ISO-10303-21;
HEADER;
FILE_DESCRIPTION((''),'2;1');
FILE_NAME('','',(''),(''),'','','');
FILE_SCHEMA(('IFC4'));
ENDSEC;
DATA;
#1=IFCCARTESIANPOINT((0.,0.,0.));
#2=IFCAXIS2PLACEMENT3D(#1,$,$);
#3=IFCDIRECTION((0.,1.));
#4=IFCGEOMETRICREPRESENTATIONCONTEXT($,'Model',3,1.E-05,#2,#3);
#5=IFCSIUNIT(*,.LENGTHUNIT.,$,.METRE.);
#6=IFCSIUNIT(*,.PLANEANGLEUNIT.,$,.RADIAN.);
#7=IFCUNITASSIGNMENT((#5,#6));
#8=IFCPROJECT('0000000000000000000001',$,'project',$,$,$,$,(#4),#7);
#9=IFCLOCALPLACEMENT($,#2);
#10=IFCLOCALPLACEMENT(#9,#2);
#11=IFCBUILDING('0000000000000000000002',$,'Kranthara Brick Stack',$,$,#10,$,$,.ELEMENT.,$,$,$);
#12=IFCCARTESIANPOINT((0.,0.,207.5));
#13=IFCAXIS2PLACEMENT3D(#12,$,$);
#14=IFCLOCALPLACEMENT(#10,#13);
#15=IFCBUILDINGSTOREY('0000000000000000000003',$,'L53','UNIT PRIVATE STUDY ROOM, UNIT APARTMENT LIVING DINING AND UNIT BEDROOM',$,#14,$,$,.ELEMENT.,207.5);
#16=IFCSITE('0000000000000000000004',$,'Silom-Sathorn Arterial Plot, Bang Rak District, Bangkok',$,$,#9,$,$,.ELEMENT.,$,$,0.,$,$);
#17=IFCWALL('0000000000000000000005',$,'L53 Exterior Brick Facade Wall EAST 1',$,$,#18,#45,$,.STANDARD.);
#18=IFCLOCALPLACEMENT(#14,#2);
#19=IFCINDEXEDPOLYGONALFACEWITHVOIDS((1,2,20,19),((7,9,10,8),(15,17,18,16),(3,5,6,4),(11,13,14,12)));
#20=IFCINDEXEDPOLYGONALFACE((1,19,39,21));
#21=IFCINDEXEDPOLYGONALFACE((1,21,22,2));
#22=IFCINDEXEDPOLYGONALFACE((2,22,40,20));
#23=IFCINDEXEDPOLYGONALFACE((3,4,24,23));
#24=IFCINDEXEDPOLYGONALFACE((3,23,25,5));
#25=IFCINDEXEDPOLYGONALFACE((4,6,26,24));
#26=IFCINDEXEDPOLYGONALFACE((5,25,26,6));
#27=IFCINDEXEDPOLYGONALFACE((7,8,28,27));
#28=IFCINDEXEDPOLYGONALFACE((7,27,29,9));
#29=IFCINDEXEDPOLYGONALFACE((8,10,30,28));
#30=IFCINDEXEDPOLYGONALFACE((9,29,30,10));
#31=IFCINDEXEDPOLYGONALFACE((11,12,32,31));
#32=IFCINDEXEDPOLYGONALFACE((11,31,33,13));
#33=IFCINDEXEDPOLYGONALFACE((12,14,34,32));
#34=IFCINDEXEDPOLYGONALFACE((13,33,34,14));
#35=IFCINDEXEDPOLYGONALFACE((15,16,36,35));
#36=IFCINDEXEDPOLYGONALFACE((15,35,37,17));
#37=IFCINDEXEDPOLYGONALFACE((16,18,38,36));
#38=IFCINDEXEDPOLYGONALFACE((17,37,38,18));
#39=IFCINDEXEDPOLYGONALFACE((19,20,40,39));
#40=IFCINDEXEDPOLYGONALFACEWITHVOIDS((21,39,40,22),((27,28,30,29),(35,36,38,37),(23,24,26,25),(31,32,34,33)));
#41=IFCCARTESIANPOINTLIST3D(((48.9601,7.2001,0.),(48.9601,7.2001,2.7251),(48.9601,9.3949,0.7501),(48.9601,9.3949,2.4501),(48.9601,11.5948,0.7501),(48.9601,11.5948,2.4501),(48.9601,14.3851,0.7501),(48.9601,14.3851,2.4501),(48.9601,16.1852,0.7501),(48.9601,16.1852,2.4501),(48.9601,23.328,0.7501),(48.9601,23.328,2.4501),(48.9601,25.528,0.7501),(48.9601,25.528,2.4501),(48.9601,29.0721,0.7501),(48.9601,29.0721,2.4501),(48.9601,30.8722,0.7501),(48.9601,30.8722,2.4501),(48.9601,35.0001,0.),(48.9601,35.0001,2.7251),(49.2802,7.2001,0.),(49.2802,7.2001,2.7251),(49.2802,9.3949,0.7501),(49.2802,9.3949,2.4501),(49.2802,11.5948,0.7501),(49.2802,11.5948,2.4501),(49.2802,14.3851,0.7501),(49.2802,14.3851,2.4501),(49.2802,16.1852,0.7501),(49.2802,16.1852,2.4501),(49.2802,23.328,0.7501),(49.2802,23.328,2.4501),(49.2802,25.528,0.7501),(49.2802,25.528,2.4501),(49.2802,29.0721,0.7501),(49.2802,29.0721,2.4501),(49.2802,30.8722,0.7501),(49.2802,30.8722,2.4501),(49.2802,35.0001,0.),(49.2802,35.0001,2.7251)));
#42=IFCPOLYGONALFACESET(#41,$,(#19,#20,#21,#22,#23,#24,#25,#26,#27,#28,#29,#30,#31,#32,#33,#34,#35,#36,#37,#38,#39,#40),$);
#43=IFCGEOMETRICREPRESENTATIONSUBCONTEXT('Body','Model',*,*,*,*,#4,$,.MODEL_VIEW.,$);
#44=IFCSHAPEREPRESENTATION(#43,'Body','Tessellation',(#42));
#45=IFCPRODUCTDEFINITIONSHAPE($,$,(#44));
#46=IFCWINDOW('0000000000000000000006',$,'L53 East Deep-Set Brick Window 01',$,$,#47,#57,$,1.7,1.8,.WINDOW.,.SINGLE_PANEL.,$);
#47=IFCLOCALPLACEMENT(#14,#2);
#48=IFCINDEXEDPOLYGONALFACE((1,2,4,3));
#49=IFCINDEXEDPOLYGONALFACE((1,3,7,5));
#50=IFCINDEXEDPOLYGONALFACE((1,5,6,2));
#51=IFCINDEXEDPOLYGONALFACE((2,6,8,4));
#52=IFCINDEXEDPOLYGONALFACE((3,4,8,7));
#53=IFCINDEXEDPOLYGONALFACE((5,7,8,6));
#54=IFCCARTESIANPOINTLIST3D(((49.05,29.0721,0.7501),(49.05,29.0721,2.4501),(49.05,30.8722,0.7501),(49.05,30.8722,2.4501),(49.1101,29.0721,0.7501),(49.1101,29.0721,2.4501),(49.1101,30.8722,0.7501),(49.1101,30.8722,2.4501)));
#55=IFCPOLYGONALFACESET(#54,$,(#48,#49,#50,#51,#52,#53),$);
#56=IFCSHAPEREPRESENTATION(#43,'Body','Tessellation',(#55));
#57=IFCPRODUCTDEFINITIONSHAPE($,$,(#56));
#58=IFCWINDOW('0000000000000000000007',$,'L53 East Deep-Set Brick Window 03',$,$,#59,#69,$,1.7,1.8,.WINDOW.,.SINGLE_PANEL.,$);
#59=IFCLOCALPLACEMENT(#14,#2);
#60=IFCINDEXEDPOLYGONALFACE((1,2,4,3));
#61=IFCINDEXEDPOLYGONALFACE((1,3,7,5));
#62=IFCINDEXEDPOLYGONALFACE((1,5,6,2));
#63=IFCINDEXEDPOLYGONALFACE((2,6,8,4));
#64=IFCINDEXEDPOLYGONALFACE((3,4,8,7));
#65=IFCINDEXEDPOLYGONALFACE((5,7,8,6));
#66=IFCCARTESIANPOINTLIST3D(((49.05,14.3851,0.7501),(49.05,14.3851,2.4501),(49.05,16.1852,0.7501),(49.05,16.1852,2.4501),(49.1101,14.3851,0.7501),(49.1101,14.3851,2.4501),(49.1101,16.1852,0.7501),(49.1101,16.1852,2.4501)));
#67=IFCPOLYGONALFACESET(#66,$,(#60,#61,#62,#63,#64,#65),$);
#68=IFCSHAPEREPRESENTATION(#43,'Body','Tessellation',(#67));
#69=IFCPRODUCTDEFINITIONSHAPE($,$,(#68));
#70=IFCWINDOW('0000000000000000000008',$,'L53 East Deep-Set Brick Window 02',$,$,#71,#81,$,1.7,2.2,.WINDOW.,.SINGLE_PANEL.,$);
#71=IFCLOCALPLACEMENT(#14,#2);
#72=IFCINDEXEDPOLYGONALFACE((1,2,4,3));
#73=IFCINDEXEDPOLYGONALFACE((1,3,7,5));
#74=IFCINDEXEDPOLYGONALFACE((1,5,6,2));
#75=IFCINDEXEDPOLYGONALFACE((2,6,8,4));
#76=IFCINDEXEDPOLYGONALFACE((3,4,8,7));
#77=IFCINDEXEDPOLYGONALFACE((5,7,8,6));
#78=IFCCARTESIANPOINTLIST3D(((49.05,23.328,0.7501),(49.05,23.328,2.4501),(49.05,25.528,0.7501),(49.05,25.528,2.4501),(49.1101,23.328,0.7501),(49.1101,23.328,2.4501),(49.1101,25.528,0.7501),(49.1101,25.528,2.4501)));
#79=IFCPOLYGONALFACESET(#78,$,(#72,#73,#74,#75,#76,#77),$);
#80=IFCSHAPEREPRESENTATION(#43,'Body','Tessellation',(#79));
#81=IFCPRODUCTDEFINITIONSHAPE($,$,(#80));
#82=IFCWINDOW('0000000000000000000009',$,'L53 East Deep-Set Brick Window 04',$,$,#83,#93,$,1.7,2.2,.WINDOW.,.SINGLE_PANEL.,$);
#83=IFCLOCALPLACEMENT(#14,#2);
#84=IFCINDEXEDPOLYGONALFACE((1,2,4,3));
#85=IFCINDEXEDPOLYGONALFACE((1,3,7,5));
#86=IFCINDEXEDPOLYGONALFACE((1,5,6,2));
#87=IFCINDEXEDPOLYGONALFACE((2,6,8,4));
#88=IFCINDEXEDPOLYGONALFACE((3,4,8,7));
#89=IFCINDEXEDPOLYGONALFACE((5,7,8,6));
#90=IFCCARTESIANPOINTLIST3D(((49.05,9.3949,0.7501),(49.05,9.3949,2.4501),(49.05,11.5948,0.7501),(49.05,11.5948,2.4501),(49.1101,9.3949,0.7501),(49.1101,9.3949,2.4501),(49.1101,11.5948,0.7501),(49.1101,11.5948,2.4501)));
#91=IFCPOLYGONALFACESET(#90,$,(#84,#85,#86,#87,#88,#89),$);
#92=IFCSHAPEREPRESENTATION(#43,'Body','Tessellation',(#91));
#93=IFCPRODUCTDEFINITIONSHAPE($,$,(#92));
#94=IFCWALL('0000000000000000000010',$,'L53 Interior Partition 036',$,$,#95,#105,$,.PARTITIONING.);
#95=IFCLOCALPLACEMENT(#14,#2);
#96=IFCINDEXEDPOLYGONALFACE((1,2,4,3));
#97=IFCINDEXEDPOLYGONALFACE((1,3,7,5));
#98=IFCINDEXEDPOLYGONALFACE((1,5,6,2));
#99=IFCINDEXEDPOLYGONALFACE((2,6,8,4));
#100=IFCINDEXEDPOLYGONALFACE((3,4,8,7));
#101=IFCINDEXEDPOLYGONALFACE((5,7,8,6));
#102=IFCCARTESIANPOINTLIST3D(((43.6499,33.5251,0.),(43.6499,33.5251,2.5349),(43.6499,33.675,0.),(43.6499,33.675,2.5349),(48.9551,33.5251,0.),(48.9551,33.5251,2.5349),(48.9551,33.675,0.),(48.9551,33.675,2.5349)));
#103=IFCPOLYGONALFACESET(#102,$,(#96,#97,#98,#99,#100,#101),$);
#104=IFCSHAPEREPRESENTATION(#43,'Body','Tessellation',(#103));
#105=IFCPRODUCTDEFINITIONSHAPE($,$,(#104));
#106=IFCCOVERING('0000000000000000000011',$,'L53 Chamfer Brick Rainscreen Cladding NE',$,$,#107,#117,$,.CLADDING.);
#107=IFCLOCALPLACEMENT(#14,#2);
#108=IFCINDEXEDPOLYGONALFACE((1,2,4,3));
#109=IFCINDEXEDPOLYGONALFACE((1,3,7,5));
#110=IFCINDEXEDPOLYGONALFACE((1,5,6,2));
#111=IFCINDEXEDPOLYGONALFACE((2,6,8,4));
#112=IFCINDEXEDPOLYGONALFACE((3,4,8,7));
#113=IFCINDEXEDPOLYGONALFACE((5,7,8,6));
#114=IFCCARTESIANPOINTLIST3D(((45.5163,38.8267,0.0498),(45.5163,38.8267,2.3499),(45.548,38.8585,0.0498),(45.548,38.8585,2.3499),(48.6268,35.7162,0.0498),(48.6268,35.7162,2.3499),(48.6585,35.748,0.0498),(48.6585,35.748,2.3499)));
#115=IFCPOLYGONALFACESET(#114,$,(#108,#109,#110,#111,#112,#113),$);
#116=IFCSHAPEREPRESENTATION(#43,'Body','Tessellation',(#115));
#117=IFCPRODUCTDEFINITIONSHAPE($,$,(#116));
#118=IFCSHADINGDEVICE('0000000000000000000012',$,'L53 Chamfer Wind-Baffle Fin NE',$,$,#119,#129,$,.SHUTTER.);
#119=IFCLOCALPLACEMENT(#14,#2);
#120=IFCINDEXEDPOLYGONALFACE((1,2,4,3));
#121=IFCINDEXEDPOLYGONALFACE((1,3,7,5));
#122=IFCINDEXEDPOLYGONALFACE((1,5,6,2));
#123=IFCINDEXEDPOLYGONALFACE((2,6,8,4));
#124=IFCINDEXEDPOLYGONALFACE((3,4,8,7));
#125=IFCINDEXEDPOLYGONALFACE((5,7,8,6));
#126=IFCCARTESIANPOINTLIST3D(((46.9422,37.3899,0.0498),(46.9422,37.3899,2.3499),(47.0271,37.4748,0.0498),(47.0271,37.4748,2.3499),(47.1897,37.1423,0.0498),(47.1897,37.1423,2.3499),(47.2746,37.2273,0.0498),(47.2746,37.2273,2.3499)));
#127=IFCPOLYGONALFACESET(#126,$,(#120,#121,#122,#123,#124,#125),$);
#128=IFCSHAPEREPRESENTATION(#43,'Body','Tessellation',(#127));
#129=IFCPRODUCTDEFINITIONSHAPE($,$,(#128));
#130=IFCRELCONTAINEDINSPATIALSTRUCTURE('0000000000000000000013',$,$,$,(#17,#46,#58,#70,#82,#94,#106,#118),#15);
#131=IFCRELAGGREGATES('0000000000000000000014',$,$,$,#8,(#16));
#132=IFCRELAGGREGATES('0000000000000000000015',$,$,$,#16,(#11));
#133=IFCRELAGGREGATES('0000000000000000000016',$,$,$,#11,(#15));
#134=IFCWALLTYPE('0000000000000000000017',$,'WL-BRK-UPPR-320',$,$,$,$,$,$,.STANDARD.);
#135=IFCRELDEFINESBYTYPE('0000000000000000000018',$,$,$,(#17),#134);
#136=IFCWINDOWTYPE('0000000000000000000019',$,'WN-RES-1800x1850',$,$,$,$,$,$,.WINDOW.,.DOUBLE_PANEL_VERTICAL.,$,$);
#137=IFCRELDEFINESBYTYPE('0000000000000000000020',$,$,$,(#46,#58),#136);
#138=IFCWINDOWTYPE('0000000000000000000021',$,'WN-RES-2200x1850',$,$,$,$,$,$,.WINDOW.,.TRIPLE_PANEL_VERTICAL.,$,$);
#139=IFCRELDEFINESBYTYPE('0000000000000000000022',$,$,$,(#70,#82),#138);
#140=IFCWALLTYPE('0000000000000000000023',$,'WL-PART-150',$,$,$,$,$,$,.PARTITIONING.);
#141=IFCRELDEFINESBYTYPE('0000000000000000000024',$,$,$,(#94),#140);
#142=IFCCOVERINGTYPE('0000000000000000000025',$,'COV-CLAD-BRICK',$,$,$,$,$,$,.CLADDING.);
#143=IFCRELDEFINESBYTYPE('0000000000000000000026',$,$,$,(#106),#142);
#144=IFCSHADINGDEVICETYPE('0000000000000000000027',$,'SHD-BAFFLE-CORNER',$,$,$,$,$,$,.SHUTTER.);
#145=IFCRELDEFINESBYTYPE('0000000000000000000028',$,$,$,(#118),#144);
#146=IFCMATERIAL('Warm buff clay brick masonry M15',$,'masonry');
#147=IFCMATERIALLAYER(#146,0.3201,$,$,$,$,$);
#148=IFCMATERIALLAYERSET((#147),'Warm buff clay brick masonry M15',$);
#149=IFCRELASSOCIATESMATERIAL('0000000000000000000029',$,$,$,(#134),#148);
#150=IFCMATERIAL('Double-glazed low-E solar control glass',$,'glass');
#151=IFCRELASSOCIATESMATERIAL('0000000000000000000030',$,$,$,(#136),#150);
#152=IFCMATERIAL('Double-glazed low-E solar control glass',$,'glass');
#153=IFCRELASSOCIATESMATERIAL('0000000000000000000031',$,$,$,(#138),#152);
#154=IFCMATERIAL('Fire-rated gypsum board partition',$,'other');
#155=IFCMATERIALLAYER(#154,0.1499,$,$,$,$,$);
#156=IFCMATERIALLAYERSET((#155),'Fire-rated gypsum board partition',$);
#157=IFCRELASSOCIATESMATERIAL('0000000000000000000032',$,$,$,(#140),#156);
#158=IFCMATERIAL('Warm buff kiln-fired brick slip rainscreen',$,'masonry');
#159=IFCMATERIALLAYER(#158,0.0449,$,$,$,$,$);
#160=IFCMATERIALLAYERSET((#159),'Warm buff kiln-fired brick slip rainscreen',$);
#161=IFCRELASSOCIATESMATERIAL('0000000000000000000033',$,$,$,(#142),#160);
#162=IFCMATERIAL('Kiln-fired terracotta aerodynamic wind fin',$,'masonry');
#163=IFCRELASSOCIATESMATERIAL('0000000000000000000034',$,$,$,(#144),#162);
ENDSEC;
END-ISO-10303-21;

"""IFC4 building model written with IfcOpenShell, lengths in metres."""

from ifc_helpers import new_model, si_unit, direction, frame, frame_2d, origin, origin_2d, place, context, subcontext, project, spatial, rectangle, extrude, material, layer, layer_set, type_object, element, fill, save


model = new_model("IFC4")

# Units and contexts
model_context = context("Model", 3, precision=1e-05, world=origin(), true_north=direction((0.0, 1.0)))
body_context = subcontext(model_context, "Body", "Model", "MODEL_VIEW")
ifc_project = project(units=[si_unit("LENGTHUNIT", "METRE"), si_unit("PLANEANGLEUNIT", "RADIAN")], contexts=[model_context])

# Site, building, storey
site_placement = place(None, origin())
site = spatial("IfcSite", under=ifc_project, at=site_placement, Name="Silom-Sathorn Arterial Plot, Bang Rak District, Bangkok", CompositionType="ELEMENT", RefElevation=0.0)
building_placement = place(site_placement, origin())
building = spatial("IfcBuilding", under=site, at=building_placement, Name="Kranthara Brick Stack", CompositionType="ELEMENT")
storey_placement = place(building_placement, frame((0.0, 0.0, 207.5)))
storey = spatial("IfcBuildingStorey", under=building, at=storey_placement, Name="L53", Description="UNIT PRIVATE STUDY ROOM, UNIT APARTMENT LIVING DINING AND UNIT BEDROOM", CompositionType="ELEMENT", Elevation=207.5)

# Shared definitions
ifc_material_1 = material(Name="Warm buff clay brick masonry M15", Category="masonry")
ifc_layer_1 = layer(ifc_material_1, 0.3201)
ifc_layer_set_1 = layer_set([ifc_layer_1], Name="Warm buff clay brick masonry M15")
wall_type_1 = type_object("IfcWallType", Name="WL-BRK-UPPR-320", PredefinedType="STANDARD", material=ifc_layer_set_1)

# Wall, openings, windows
wall_1_placement = place(storey_placement, frame((49.1201, 35.0, 0.0), z_axis=(0.0, 0.0, 1.0), x_axis=(0.0, -1.0, 0.0)))
wall_1 = element("IfcWall", 1, at=wall_1_placement, inside=storey, type_object=wall_type_1, Name="L53 Exterior Brick Facade Wall EAST 1", PredefinedType="STANDARD", context=body_context, shape_type="SweptSolid", body=[
    extrude(rectangle(XDim=27.8, YDim=0.3201, at=frame_2d((13.8999, 0.0))), origin(), (0.0, 0.0, 1.0), 2.7251),
])
opening_1_placement = place(wall_1_placement, frame((4.1279, 0.0, 0.75)))
opening_1 = element("IfcOpeningElement", 2, at=opening_1_placement, cuts=wall_1, PredefinedType="OPENING", context=body_context, shape_type="SweptSolid", body=[
    extrude(rectangle(XDim=1.8, YDim=1.7, at=frame_2d((0.8999, 0.8501))), frame((0.0, 0.1699, 0.0), z_axis=(0.0, -1.0, 0.0), x_axis=(1.0, 0.0, 0.0)), (0.0, 0.0, 1.0), 0.3401),
])
opening_2_placement = place(wall_1_placement, frame((9.4719, 0.0, 0.75)))
opening_2 = element("IfcOpeningElement", 3, at=opening_2_placement, cuts=wall_1, PredefinedType="OPENING", context=body_context, shape_type="SweptSolid", body=[
    extrude(rectangle(XDim=2.2, YDim=1.7, at=frame_2d((1.1001, 0.8501))), frame((0.0, 0.1699, 0.0), z_axis=(0.0, -1.0, 0.0), x_axis=(1.0, 0.0, 0.0)), (0.0, 0.0, 1.0), 0.3401),
])
opening_3_placement = place(wall_1_placement, frame((18.8149, 0.0, 0.75)))
opening_3 = element("IfcOpeningElement", 4, at=opening_3_placement, cuts=wall_1, PredefinedType="OPENING", context=body_context, shape_type="SweptSolid", body=[
    extrude(rectangle(XDim=1.8, YDim=1.7, at=frame_2d((0.8999, 0.8501))), frame((0.0, 0.1699, 0.0), z_axis=(0.0, -1.0, 0.0), x_axis=(1.0, 0.0, 0.0)), (0.0, 0.0, 1.0), 0.3401),
])
opening_4_placement = place(wall_1_placement, frame((23.405, 0.0, 0.75)))
opening_4 = element("IfcOpeningElement", 5, at=opening_4_placement, cuts=wall_1, PredefinedType="OPENING", context=body_context, shape_type="SweptSolid", body=[
    extrude(rectangle(XDim=2.2, YDim=1.7, at=frame_2d((1.1001, 0.8501))), frame((0.0, 0.1699, 0.0), z_axis=(0.0, -1.0, 0.0), x_axis=(1.0, 0.0, 0.0)), (0.0, 0.0, 1.0), 0.3401),
])
ifc_material_2 = material(Name="Double-glazed low-E solar control glass", Category="glass")
window_type_1 = type_object("IfcWindowType", Name="WN-RES-1800x1850", PartitioningType="DOUBLE_PANEL_VERTICAL", PredefinedType="WINDOW", material=ifc_material_2)
window_1_placement = place(opening_1_placement, origin())
window_1 = element("IfcWindow", 6, at=window_1_placement, inside=storey, type_object=window_type_1, Name="L53 East Deep-Set Brick Window 01", OverallHeight=1.7, OverallWidth=1.8, PartitioningType="SINGLE_PANEL", PredefinedType="WINDOW", context=body_context, shape_type="SweptSolid", body=[
    extrude(rectangle(XDim=1.8, YDim=1.7, at=frame_2d((0.8999, 0.8501))), frame((0.0, -0.01, 0.0), z_axis=(0.0, -1.0, 0.0), x_axis=(1.0, 0.0, 0.0)), (0.0, 0.0, 1.0), 0.0601),
])
fill(opening_1, window_1)
window_2_placement = place(opening_3_placement, origin())
window_2 = element("IfcWindow", 7, at=window_2_placement, inside=storey, type_object=window_type_1, Name="L53 East Deep-Set Brick Window 03", OverallHeight=1.7, OverallWidth=1.8, PartitioningType="SINGLE_PANEL", PredefinedType="WINDOW", context=body_context, shape_type="SweptSolid", body=[
    extrude(rectangle(XDim=1.8, YDim=1.7, at=frame_2d((0.8999, 0.8501))), frame((0.0, -0.01, 0.0), z_axis=(0.0, -1.0, 0.0), x_axis=(1.0, 0.0, 0.0)), (0.0, 0.0, 1.0), 0.0601),
])
fill(opening_3, window_2)
ifc_material_3 = material(Name="Double-glazed low-E solar control glass", Category="glass")
window_type_2 = type_object("IfcWindowType", Name="WN-RES-2200x1850", PartitioningType="TRIPLE_PANEL_VERTICAL", PredefinedType="WINDOW", material=ifc_material_3)
window_3_placement = place(opening_2_placement, origin())
window_3 = element("IfcWindow", 8, at=window_3_placement, inside=storey, type_object=window_type_2, Name="L53 East Deep-Set Brick Window 02", OverallHeight=1.7, OverallWidth=2.2, PartitioningType="SINGLE_PANEL", PredefinedType="WINDOW", context=body_context, shape_type="SweptSolid", body=[
    extrude(rectangle(XDim=2.2, YDim=1.7, at=frame_2d((1.1001, 0.8501))), frame((0.0, -0.01, 0.0), z_axis=(0.0, -1.0, 0.0), x_axis=(1.0, 0.0, 0.0)), (0.0, 0.0, 1.0), 0.0601),
])
fill(opening_2, window_3)
window_4_placement = place(opening_4_placement, origin())
window_4 = element("IfcWindow", 9, at=window_4_placement, inside=storey, type_object=window_type_2, Name="L53 East Deep-Set Brick Window 04", OverallHeight=1.7, OverallWidth=2.2, PartitioningType="SINGLE_PANEL", PredefinedType="WINDOW", context=body_context, shape_type="SweptSolid", body=[
    extrude(rectangle(XDim=2.2, YDim=1.7, at=frame_2d((1.1001, 0.8501))), frame((0.0, -0.01, 0.0), z_axis=(0.0, -1.0, 0.0), x_axis=(1.0, 0.0, 0.0)), (0.0, 0.0, 1.0), 0.0601),
])
fill(opening_4, window_4)

# Wall
ifc_material_4 = material(Name="Fire-rated gypsum board partition", Category="other")
ifc_layer_2 = layer(ifc_material_4, 0.1499)
ifc_layer_set_2 = layer_set([ifc_layer_2], Name="Fire-rated gypsum board partition")
wall_type_2 = type_object("IfcWallType", Name="WL-PART-150", PredefinedType="PARTITIONING", material=ifc_layer_set_2)
wall_2_placement = place(storey_placement, frame((43.6499, 33.6001, 0.0), z_axis=(0.0, 0.0, 1.0), x_axis=(1.0, 0.0, 0.0)))
element("IfcWall", 10, at=wall_2_placement, inside=storey, type_object=wall_type_2, Name="L53 Interior Partition 036", PredefinedType="PARTITIONING", context=body_context, shape_type="SweptSolid", body=[
    extrude(rectangle(XDim=5.3052, YDim=0.1499, at=frame_2d((2.6526, 0.0))), origin(), (0.0, 0.0, 1.0), 2.5349),
])

# Covering
ifc_material_5 = material(Name="Warm buff kiln-fired brick slip rainscreen", Category="masonry")
ifc_layer_3 = layer(ifc_material_5, 0.0449)
ifc_layer_set_3 = layer_set([ifc_layer_3], Name="Warm buff kiln-fired brick slip rainscreen")
covering_type = type_object("IfcCoveringType", Name="COV-CLAD-BRICK", PredefinedType="CLADDING", material=ifc_layer_set_3)
covering_placement = place(storey_placement, frame((47.0874, 37.2874, 0.0498), z_axis=(0.0, 0.0, 1.0), x_axis=(0.707107, -0.707107, 0.0)))
element("IfcCovering", 11, at=covering_placement, inside=storey, type_object=covering_type, Name="L53 Chamfer Brick Rainscreen Cladding NE", PredefinedType="CLADDING", context=body_context, shape_type="SweptSolid", body=[
    extrude(rectangle(XDim=4.3989, YDim=0.0449, at=origin_2d()), origin(), (0.0, 0.0, 1.0), 2.3),
])

# Shading device
ifc_material_6 = material(Name="Kiln-fired terracotta aerodynamic wind fin", Category="masonry")
shading_device_type = type_object("IfcShadingDeviceType", Name="SHD-BAFFLE-CORNER", PredefinedType="SHUTTER", material=ifc_material_6)
shading_device_placement = place(storey_placement, frame((47.1084, 37.3086, 0.0498), z_axis=(0.0, 0.0, 1.0), x_axis=(0.707107, -0.707107, 0.0)))
element("IfcShadingDevice", 12, at=shading_device_placement, inside=storey, type_object=shading_device_type, Name="L53 Chamfer Wind-Baffle Fin NE", PredefinedType="SHUTTER", context=body_context, shape_type="SweptSolid", body=[
    extrude(rectangle(XDim=0.3501, YDim=0.1201, at=origin_2d()), origin(), (0.0, 0.0, 1.0), 2.3),
])

save(model, "model.ifc")
